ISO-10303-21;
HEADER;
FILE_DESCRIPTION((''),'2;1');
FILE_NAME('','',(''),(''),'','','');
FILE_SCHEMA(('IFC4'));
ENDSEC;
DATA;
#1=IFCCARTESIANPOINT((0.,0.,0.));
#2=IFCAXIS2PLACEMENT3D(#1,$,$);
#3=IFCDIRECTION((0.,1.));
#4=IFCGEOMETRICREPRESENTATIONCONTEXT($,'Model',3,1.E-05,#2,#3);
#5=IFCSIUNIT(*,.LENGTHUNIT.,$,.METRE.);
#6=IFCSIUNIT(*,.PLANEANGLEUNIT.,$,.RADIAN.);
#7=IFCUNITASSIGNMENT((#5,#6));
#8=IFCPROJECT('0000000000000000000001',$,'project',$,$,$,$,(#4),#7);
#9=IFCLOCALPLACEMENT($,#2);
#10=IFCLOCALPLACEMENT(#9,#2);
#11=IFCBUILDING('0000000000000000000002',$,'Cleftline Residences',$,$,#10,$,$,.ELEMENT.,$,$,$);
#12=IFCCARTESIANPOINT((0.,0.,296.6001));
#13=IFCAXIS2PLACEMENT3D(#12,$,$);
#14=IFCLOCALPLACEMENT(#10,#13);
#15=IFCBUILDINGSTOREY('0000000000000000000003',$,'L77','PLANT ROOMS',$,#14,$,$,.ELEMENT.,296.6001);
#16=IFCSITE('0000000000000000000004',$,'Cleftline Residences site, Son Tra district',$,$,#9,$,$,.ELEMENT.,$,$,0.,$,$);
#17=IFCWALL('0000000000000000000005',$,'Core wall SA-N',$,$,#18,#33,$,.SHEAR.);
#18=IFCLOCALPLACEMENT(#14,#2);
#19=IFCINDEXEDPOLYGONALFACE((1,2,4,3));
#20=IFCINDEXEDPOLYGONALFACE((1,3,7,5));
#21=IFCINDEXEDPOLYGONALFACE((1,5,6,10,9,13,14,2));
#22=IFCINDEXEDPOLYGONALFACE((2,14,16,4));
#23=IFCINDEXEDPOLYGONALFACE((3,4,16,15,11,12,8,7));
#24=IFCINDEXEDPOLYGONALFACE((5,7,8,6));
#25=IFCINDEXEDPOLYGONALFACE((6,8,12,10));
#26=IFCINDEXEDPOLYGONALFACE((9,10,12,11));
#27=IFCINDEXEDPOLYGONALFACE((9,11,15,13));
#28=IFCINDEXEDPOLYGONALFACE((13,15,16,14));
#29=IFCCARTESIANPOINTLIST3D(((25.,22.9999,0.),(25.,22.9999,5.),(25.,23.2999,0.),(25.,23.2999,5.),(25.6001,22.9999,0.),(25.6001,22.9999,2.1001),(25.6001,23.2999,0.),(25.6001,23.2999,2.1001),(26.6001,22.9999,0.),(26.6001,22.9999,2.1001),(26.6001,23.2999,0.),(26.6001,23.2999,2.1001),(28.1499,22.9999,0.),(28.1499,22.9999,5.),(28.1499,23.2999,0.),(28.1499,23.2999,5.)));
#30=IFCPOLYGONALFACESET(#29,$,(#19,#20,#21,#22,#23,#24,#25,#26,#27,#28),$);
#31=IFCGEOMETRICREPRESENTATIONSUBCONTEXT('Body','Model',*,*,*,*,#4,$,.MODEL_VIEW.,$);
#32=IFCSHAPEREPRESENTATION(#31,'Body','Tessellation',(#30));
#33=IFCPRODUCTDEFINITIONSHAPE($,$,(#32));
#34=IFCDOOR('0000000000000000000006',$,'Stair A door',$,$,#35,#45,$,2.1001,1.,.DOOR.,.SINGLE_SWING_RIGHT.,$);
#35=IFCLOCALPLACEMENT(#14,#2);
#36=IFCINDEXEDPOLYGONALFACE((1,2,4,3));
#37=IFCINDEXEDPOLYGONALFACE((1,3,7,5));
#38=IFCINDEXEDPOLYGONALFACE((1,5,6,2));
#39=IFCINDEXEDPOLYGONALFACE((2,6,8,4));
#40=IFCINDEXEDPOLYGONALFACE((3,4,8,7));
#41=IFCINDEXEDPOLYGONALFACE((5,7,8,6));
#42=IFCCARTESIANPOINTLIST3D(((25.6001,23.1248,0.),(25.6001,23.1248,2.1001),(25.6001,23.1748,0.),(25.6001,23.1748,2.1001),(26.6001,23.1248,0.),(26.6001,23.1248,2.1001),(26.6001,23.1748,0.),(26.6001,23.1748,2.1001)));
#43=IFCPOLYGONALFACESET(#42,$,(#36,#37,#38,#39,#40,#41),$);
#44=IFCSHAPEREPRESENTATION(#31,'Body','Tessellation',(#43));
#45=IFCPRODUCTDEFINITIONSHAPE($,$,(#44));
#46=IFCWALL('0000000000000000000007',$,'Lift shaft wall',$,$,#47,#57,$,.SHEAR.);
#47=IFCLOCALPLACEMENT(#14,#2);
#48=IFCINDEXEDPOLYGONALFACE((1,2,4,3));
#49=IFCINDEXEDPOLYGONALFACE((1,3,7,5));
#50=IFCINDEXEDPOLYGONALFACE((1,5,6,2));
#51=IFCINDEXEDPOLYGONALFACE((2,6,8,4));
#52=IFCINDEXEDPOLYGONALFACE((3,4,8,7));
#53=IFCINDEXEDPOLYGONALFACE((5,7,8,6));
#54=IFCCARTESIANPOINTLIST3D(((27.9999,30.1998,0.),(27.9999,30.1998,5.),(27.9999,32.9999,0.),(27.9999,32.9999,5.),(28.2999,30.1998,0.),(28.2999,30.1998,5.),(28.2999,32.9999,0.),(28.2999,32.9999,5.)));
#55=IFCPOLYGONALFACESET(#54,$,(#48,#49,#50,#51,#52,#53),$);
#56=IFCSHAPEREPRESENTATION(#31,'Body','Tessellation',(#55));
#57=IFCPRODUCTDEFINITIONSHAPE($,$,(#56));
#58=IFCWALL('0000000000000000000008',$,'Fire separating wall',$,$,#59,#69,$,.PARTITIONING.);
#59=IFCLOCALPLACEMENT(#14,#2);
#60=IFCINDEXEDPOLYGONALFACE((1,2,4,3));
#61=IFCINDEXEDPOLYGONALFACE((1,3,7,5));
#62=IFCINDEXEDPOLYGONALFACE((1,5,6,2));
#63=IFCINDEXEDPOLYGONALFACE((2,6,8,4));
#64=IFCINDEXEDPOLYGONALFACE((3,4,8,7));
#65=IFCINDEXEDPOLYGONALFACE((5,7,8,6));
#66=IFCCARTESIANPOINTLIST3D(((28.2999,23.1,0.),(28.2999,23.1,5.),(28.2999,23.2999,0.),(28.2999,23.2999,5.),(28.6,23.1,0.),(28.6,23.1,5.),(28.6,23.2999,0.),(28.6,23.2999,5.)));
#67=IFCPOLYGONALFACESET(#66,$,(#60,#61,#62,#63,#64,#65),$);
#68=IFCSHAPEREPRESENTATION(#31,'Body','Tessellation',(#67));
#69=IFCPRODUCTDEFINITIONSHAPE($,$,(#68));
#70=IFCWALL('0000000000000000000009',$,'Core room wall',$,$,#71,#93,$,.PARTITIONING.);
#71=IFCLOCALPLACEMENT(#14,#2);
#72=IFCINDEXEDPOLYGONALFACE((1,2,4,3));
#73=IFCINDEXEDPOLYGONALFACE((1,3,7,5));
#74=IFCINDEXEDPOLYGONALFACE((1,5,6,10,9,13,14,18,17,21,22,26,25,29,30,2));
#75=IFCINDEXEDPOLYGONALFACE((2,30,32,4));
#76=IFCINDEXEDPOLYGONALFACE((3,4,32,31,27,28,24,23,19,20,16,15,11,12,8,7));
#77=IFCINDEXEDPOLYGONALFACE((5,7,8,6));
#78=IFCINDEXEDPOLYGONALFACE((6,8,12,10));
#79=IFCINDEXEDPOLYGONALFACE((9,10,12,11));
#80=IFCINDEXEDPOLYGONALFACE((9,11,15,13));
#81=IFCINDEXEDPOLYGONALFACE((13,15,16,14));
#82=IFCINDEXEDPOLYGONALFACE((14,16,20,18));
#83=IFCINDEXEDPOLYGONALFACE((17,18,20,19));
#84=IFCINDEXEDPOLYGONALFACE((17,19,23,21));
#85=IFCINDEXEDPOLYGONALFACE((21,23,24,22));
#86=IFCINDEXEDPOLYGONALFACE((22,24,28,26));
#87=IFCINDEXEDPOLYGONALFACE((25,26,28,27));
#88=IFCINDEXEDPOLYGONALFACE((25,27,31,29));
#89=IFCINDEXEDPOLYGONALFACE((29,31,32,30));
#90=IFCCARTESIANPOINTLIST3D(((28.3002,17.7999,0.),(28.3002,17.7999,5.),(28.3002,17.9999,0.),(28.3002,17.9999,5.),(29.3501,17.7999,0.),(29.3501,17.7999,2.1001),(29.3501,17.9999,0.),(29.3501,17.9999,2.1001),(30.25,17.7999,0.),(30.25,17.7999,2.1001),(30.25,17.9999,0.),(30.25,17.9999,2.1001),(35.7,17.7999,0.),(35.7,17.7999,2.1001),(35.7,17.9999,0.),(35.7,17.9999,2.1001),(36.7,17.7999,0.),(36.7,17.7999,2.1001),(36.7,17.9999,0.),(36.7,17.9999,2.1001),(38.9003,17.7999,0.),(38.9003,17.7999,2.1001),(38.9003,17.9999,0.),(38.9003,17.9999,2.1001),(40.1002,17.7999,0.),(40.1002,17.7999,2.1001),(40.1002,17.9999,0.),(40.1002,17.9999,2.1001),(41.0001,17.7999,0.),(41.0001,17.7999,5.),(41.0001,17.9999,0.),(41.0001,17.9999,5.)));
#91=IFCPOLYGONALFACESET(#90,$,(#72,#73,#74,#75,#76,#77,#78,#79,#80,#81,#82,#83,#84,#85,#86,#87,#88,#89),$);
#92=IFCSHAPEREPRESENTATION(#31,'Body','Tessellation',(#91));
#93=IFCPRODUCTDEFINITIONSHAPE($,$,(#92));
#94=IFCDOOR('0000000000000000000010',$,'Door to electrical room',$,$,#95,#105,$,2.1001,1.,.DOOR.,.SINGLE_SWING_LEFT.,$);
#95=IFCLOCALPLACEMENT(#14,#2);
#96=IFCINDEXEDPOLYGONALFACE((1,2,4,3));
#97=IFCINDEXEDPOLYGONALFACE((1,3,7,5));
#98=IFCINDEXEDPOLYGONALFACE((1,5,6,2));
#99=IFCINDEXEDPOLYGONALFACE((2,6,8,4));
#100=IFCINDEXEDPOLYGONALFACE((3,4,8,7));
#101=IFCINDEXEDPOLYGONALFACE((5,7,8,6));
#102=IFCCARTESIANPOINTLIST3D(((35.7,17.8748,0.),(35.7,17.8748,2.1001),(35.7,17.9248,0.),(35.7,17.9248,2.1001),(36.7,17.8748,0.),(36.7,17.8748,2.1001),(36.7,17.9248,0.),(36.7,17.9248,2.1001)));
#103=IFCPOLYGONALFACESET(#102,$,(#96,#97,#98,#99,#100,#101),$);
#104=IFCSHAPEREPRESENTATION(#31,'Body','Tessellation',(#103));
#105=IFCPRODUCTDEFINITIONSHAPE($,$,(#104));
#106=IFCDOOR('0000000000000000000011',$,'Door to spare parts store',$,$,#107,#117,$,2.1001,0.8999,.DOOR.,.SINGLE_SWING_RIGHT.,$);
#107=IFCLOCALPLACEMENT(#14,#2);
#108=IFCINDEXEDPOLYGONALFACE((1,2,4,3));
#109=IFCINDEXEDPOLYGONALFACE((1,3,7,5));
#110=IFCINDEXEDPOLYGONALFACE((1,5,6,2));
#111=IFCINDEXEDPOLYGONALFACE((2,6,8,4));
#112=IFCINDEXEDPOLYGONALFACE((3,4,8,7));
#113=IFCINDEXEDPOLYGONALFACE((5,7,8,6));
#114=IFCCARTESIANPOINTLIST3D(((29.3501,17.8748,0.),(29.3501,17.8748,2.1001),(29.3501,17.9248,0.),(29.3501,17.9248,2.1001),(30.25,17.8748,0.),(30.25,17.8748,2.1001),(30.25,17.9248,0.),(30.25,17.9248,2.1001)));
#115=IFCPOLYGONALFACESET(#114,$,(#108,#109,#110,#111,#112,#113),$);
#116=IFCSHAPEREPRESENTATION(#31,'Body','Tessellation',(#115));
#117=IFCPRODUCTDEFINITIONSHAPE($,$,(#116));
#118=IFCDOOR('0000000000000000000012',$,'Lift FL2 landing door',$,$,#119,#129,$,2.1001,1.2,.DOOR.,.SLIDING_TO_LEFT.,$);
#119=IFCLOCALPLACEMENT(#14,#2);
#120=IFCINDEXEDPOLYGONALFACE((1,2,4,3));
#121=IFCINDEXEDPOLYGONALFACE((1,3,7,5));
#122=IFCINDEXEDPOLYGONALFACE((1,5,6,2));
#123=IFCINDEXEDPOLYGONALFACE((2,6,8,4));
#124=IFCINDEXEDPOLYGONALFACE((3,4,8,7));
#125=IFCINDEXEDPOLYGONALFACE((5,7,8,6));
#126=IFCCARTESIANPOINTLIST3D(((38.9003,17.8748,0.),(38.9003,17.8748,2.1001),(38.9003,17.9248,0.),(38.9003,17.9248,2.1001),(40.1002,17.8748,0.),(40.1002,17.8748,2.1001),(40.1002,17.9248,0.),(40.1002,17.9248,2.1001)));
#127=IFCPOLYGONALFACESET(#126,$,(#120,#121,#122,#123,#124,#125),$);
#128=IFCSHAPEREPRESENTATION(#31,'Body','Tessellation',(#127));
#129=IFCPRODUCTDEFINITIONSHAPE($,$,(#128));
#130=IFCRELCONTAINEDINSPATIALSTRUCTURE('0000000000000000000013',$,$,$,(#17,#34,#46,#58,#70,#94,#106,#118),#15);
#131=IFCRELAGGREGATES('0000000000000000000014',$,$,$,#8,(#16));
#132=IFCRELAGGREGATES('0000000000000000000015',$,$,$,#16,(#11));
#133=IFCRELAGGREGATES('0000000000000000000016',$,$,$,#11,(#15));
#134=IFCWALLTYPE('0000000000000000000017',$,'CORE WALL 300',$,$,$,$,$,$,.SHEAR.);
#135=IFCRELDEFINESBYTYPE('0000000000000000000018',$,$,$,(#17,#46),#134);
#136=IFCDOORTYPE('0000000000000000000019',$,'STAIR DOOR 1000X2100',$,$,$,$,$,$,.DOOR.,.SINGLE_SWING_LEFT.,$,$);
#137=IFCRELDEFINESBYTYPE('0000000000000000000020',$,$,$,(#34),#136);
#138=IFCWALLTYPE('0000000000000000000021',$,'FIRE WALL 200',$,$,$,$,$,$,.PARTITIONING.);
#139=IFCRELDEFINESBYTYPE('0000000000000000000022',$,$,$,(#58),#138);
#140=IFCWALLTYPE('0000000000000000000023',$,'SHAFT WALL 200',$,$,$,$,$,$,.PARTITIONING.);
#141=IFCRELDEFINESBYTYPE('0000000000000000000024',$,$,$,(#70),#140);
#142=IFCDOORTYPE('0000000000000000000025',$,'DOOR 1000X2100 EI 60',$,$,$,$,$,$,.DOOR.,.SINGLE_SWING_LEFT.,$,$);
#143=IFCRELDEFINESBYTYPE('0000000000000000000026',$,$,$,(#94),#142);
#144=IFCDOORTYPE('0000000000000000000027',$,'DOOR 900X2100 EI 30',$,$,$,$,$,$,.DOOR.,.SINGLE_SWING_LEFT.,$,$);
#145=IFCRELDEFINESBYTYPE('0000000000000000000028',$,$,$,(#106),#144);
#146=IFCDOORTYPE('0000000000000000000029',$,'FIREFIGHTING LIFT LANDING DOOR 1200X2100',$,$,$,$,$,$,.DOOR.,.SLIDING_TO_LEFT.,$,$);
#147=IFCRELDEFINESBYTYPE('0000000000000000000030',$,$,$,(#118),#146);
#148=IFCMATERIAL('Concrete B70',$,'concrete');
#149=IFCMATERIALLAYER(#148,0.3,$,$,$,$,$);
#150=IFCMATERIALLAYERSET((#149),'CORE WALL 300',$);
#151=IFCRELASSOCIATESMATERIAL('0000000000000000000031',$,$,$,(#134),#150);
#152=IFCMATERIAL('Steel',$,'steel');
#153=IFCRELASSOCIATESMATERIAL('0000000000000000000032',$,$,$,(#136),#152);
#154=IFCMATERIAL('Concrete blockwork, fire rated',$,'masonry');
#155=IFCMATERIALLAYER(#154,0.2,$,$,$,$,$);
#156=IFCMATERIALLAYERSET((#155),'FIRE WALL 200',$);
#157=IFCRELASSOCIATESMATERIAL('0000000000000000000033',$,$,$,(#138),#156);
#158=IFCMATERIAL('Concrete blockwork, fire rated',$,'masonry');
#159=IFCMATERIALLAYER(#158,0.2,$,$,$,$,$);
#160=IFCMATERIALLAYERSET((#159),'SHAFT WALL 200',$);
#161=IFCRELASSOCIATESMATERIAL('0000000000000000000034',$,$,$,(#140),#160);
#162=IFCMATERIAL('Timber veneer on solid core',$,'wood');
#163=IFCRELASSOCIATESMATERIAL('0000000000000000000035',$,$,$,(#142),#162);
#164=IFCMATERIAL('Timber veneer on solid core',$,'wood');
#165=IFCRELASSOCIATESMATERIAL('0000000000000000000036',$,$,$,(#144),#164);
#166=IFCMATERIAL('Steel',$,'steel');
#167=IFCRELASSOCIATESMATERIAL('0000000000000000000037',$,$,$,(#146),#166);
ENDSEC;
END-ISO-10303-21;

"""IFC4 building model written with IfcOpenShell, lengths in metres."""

from ifc_helpers import new_model, si_unit, direction, frame, frame_2d, origin, place, context, subcontext, project, spatial, rectangle, extrude, material, layer, layer_set, type_object, element, fill, save


model = new_model("IFC4")

# Units and contexts
model_context = context("Model", 3, precision=1e-05, world=origin(), true_north=direction((0.0, 1.0)))
body_context = subcontext(model_context, "Body", "Model", "MODEL_VIEW")
ifc_project = project(units=[si_unit("LENGTHUNIT", "METRE"), si_unit("PLANEANGLEUNIT", "RADIAN")], contexts=[model_context])

# Site, building, storey
site_placement = place(None, origin())
site = spatial("IfcSite", under=ifc_project, at=site_placement, Name="Cleftline Residences site, Son Tra district", CompositionType="ELEMENT", RefElevation=0.0)
building_placement = place(site_placement, origin())
building = spatial("IfcBuilding", under=site, at=building_placement, Name="Cleftline Residences", CompositionType="ELEMENT")
storey_placement = place(building_placement, frame((0.0, 0.0, 296.6001)))
storey = spatial("IfcBuildingStorey", under=building, at=storey_placement, Name="L77", Description="PLANT ROOMS", CompositionType="ELEMENT", Elevation=296.6001)

# Shared definitions
ifc_material_1 = material(Name="Concrete B70", Category="concrete")
ifc_layer_1 = layer(ifc_material_1, 0.3)
ifc_layer_set_1 = layer_set([ifc_layer_1], Name="CORE WALL 300")
wall_type_1 = type_object("IfcWallType", Name="CORE WALL 300", PredefinedType="SHEAR", material=ifc_layer_set_1)

# Wall, opening, door
wall_1_placement = place(storey_placement, frame((25.0, 23.1499, 0.0), z_axis=(0.0, 0.0, 1.0), x_axis=(1.0, 0.0, 0.0)))
wall_1 = element("IfcWall", 1, at=wall_1_placement, inside=storey, type_object=wall_type_1, Name="Core wall SA-N", PredefinedType="SHEAR", context=body_context, shape_type="SweptSolid", body=[
    extrude(rectangle(XDim=3.1499, YDim=0.3, at=frame_2d((1.575, 0.0))), origin(), (0.0, 0.0, 1.0), 5.0),
])
opening_1_placement = place(wall_1_placement, frame((0.6001, 0.0, 0.0)))
opening_1 = element("IfcOpeningElement", 2, at=opening_1_placement, cuts=wall_1, PredefinedType="OPENING", context=body_context, shape_type="SweptSolid", body=[
    extrude(rectangle(XDim=1.0, YDim=2.1001, at=frame_2d((0.5, 1.05))), frame((0.0, 0.1599, 0.0), z_axis=(0.0, -1.0, 0.0), x_axis=(1.0, 0.0, 0.0)), (0.0, 0.0, 1.0), 0.3201),
])
ifc_material_2 = material(Name="Steel", Category="steel")
door_type_1 = type_object("IfcDoorType", Name="STAIR DOOR 1000X2100", OperationType="SINGLE_SWING_LEFT", PredefinedType="DOOR", material=ifc_material_2)
door_1_placement = place(opening_1_placement, origin())
door_1 = element("IfcDoor", 3, at=door_1_placement, inside=storey, type_object=door_type_1, Name="Stair A door", OperationType="SINGLE_SWING_RIGHT", OverallHeight=2.1001, OverallWidth=1.0, PredefinedType="DOOR", context=body_context, shape_type="SweptSolid", body=[
    extrude(rectangle(XDim=1.0, YDim=2.1001, at=frame_2d((0.5, 1.05))), frame((0.0, 0.0249, 0.0), z_axis=(0.0, -1.0, 0.0), x_axis=(1.0, 0.0, 0.0)), (0.0, 0.0, 1.0), 0.05),
])
fill(opening_1, door_1)

# Walls
wall_2_placement = place(storey_placement, frame((28.1499, 30.2, 0.0), z_axis=(0.0, 0.0, 1.0), x_axis=(0.0, 1.0, 0.0)))
element("IfcWall", 4, at=wall_2_placement, inside=storey, type_object=wall_type_1, Name="Lift shaft wall", PredefinedType="SHEAR", context=body_context, shape_type="SweptSolid", body=[
    extrude(rectangle(XDim=2.8, YDim=0.3, at=frame_2d((1.3999, 0.0))), origin(), (0.0, 0.0, 1.0), 5.0),
])
ifc_material_3 = material(Name="Concrete blockwork, fire rated", Category="masonry")
ifc_layer_2 = layer(ifc_material_3, 0.2)
ifc_layer_set_2 = layer_set([ifc_layer_2], Name="FIRE WALL 200")
wall_type_2 = type_object("IfcWallType", Name="FIRE WALL 200", PredefinedType="PARTITIONING", material=ifc_layer_set_2)
wall_3_placement = place(storey_placement, frame((28.3, 23.2, 0.0), z_axis=(0.0, 0.0, 1.0), x_axis=(1.0, 0.0, 0.0)))
element("IfcWall", 5, at=wall_3_placement, inside=storey, type_object=wall_type_2, Name="Fire separating wall", PredefinedType="PARTITIONING", context=body_context, shape_type="SweptSolid", body=[
    extrude(rectangle(XDim=0.3, YDim=0.2, at=frame_2d((0.1499, 0.0))), origin(), (0.0, 0.0, 1.0), 5.0),
])

# Wall, openings, doors
ifc_material_4 = material(Name="Concrete blockwork, fire rated", Category="masonry")
ifc_layer_3 = layer(ifc_material_4, 0.2)
ifc_layer_set_3 = layer_set([ifc_layer_3], Name="SHAFT WALL 200")
wall_type_3 = type_object("IfcWallType", Name="SHAFT WALL 200", PredefinedType="PARTITIONING", material=ifc_layer_set_3)
wall_4_placement = place(storey_placement, frame((28.3, 17.8999, 0.0), z_axis=(0.0, 0.0, 1.0), x_axis=(1.0, 0.0, 0.0)))
wall_4 = element("IfcWall", 6, at=wall_4_placement, inside=storey, type_object=wall_type_3, Name="Core room wall", PredefinedType="PARTITIONING", context=body_context, shape_type="SweptSolid", body=[
    extrude(rectangle(XDim=12.7, YDim=0.2, at=frame_2d((6.3501, 0.0))), origin(), (0.0, 0.0, 1.0), 5.0),
])
opening_2_placement = place(wall_4_placement, frame((1.05, 0.0, 0.0)))
opening_2 = element("IfcOpeningElement", 7, at=opening_2_placement, cuts=wall_4, PredefinedType="OPENING", context=body_context, shape_type="SweptSolid", body=[
    extrude(rectangle(XDim=0.8999, YDim=2.1001, at=frame_2d((0.45, 1.05))), frame((0.0, 0.1099, 0.0), z_axis=(0.0, -1.0, 0.0), x_axis=(1.0, 0.0, 0.0)), (0.0, 0.0, 1.0), 0.22),
])
opening_3_placement = place(wall_4_placement, frame((7.3999, 0.0, 0.0)))
opening_3 = element("IfcOpeningElement", 8, at=opening_3_placement, cuts=wall_4, PredefinedType="OPENING", context=body_context, shape_type="SweptSolid", body=[
    extrude(rectangle(XDim=1.0, YDim=2.1001, at=frame_2d((0.5, 1.05))), frame((0.0, 0.1099, 0.0), z_axis=(0.0, -1.0, 0.0), x_axis=(1.0, 0.0, 0.0)), (0.0, 0.0, 1.0), 0.22),
])
opening_4_placement = place(wall_4_placement, frame((10.6001, 0.0, 0.0)))
opening_4 = element("IfcOpeningElement", 9, at=opening_4_placement, cuts=wall_4, PredefinedType="OPENING", context=body_context, shape_type="SweptSolid", body=[
    extrude(rectangle(XDim=1.2, YDim=2.1001, at=frame_2d((0.6001, 1.05))), frame((0.0, 0.1099, 0.0), z_axis=(0.0, -1.0, 0.0), x_axis=(1.0, 0.0, 0.0)), (0.0, 0.0, 1.0), 0.22),
])
ifc_material_5 = material(Name="Timber veneer on solid core", Category="wood")
door_type_2 = type_object("IfcDoorType", Name="DOOR 1000X2100 EI 60", OperationType="SINGLE_SWING_LEFT", PredefinedType="DOOR", material=ifc_material_5)
door_2_placement = place(opening_3_placement, origin())
door_2 = element("IfcDoor", 10, at=door_2_placement, inside=storey, type_object=door_type_2, Name="Door to electrical room", OperationType="SINGLE_SWING_LEFT", OverallHeight=2.1001, OverallWidth=1.0, PredefinedType="DOOR", context=body_context, shape_type="SweptSolid", body=[
    extrude(rectangle(XDim=1.0, YDim=2.1001, at=frame_2d((0.5, 1.05))), frame((0.0, 0.0249, 0.0), z_axis=(0.0, -1.0, 0.0), x_axis=(1.0, 0.0, 0.0)), (0.0, 0.0, 1.0), 0.05),
])
fill(opening_3, door_2)
ifc_material_6 = material(Name="Timber veneer on solid core", Category="wood")
door_type_3 = type_object("IfcDoorType", Name="DOOR 900X2100 EI 30", OperationType="SINGLE_SWING_LEFT", PredefinedType="DOOR", material=ifc_material_6)
door_3_placement = place(opening_2_placement, origin())
door_3 = element("IfcDoor", 11, at=door_3_placement, inside=storey, type_object=door_type_3, Name="Door to spare parts store", OperationType="SINGLE_SWING_RIGHT", OverallHeight=2.1001, OverallWidth=0.8999, PredefinedType="DOOR", context=body_context, shape_type="SweptSolid", body=[
    extrude(rectangle(XDim=0.8999, YDim=2.1001, at=frame_2d((0.45, 1.05))), frame((0.0, 0.0249, 0.0), z_axis=(0.0, -1.0, 0.0), x_axis=(1.0, 0.0, 0.0)), (0.0, 0.0, 1.0), 0.05),
])
fill(opening_2, door_3)
ifc_material_7 = material(Name="Steel", Category="steel")
door_type_4 = type_object("IfcDoorType", Name="FIREFIGHTING LIFT LANDING DOOR 1200X2100", OperationType="SLIDING_TO_LEFT", PredefinedType="DOOR", material=ifc_material_7)
door_4_placement = place(opening_4_placement, origin())
door_4 = element("IfcDoor", 12, at=door_4_placement, inside=storey, type_object=door_type_4, Name="Lift FL2 landing door", OperationType="SLIDING_TO_LEFT", OverallHeight=2.1001, OverallWidth=1.2, PredefinedType="DOOR", context=body_context, shape_type="SweptSolid", body=[
    extrude(rectangle(XDim=1.2, YDim=2.1001, at=frame_2d((0.6001, 1.05))), frame((0.0, 0.0249, 0.0), z_axis=(0.0, -1.0, 0.0), x_axis=(1.0, 0.0, 0.0)), (0.0, 0.0, 1.0), 0.05),
])
fill(opening_4, door_4)

save(model, "model.ifc")
